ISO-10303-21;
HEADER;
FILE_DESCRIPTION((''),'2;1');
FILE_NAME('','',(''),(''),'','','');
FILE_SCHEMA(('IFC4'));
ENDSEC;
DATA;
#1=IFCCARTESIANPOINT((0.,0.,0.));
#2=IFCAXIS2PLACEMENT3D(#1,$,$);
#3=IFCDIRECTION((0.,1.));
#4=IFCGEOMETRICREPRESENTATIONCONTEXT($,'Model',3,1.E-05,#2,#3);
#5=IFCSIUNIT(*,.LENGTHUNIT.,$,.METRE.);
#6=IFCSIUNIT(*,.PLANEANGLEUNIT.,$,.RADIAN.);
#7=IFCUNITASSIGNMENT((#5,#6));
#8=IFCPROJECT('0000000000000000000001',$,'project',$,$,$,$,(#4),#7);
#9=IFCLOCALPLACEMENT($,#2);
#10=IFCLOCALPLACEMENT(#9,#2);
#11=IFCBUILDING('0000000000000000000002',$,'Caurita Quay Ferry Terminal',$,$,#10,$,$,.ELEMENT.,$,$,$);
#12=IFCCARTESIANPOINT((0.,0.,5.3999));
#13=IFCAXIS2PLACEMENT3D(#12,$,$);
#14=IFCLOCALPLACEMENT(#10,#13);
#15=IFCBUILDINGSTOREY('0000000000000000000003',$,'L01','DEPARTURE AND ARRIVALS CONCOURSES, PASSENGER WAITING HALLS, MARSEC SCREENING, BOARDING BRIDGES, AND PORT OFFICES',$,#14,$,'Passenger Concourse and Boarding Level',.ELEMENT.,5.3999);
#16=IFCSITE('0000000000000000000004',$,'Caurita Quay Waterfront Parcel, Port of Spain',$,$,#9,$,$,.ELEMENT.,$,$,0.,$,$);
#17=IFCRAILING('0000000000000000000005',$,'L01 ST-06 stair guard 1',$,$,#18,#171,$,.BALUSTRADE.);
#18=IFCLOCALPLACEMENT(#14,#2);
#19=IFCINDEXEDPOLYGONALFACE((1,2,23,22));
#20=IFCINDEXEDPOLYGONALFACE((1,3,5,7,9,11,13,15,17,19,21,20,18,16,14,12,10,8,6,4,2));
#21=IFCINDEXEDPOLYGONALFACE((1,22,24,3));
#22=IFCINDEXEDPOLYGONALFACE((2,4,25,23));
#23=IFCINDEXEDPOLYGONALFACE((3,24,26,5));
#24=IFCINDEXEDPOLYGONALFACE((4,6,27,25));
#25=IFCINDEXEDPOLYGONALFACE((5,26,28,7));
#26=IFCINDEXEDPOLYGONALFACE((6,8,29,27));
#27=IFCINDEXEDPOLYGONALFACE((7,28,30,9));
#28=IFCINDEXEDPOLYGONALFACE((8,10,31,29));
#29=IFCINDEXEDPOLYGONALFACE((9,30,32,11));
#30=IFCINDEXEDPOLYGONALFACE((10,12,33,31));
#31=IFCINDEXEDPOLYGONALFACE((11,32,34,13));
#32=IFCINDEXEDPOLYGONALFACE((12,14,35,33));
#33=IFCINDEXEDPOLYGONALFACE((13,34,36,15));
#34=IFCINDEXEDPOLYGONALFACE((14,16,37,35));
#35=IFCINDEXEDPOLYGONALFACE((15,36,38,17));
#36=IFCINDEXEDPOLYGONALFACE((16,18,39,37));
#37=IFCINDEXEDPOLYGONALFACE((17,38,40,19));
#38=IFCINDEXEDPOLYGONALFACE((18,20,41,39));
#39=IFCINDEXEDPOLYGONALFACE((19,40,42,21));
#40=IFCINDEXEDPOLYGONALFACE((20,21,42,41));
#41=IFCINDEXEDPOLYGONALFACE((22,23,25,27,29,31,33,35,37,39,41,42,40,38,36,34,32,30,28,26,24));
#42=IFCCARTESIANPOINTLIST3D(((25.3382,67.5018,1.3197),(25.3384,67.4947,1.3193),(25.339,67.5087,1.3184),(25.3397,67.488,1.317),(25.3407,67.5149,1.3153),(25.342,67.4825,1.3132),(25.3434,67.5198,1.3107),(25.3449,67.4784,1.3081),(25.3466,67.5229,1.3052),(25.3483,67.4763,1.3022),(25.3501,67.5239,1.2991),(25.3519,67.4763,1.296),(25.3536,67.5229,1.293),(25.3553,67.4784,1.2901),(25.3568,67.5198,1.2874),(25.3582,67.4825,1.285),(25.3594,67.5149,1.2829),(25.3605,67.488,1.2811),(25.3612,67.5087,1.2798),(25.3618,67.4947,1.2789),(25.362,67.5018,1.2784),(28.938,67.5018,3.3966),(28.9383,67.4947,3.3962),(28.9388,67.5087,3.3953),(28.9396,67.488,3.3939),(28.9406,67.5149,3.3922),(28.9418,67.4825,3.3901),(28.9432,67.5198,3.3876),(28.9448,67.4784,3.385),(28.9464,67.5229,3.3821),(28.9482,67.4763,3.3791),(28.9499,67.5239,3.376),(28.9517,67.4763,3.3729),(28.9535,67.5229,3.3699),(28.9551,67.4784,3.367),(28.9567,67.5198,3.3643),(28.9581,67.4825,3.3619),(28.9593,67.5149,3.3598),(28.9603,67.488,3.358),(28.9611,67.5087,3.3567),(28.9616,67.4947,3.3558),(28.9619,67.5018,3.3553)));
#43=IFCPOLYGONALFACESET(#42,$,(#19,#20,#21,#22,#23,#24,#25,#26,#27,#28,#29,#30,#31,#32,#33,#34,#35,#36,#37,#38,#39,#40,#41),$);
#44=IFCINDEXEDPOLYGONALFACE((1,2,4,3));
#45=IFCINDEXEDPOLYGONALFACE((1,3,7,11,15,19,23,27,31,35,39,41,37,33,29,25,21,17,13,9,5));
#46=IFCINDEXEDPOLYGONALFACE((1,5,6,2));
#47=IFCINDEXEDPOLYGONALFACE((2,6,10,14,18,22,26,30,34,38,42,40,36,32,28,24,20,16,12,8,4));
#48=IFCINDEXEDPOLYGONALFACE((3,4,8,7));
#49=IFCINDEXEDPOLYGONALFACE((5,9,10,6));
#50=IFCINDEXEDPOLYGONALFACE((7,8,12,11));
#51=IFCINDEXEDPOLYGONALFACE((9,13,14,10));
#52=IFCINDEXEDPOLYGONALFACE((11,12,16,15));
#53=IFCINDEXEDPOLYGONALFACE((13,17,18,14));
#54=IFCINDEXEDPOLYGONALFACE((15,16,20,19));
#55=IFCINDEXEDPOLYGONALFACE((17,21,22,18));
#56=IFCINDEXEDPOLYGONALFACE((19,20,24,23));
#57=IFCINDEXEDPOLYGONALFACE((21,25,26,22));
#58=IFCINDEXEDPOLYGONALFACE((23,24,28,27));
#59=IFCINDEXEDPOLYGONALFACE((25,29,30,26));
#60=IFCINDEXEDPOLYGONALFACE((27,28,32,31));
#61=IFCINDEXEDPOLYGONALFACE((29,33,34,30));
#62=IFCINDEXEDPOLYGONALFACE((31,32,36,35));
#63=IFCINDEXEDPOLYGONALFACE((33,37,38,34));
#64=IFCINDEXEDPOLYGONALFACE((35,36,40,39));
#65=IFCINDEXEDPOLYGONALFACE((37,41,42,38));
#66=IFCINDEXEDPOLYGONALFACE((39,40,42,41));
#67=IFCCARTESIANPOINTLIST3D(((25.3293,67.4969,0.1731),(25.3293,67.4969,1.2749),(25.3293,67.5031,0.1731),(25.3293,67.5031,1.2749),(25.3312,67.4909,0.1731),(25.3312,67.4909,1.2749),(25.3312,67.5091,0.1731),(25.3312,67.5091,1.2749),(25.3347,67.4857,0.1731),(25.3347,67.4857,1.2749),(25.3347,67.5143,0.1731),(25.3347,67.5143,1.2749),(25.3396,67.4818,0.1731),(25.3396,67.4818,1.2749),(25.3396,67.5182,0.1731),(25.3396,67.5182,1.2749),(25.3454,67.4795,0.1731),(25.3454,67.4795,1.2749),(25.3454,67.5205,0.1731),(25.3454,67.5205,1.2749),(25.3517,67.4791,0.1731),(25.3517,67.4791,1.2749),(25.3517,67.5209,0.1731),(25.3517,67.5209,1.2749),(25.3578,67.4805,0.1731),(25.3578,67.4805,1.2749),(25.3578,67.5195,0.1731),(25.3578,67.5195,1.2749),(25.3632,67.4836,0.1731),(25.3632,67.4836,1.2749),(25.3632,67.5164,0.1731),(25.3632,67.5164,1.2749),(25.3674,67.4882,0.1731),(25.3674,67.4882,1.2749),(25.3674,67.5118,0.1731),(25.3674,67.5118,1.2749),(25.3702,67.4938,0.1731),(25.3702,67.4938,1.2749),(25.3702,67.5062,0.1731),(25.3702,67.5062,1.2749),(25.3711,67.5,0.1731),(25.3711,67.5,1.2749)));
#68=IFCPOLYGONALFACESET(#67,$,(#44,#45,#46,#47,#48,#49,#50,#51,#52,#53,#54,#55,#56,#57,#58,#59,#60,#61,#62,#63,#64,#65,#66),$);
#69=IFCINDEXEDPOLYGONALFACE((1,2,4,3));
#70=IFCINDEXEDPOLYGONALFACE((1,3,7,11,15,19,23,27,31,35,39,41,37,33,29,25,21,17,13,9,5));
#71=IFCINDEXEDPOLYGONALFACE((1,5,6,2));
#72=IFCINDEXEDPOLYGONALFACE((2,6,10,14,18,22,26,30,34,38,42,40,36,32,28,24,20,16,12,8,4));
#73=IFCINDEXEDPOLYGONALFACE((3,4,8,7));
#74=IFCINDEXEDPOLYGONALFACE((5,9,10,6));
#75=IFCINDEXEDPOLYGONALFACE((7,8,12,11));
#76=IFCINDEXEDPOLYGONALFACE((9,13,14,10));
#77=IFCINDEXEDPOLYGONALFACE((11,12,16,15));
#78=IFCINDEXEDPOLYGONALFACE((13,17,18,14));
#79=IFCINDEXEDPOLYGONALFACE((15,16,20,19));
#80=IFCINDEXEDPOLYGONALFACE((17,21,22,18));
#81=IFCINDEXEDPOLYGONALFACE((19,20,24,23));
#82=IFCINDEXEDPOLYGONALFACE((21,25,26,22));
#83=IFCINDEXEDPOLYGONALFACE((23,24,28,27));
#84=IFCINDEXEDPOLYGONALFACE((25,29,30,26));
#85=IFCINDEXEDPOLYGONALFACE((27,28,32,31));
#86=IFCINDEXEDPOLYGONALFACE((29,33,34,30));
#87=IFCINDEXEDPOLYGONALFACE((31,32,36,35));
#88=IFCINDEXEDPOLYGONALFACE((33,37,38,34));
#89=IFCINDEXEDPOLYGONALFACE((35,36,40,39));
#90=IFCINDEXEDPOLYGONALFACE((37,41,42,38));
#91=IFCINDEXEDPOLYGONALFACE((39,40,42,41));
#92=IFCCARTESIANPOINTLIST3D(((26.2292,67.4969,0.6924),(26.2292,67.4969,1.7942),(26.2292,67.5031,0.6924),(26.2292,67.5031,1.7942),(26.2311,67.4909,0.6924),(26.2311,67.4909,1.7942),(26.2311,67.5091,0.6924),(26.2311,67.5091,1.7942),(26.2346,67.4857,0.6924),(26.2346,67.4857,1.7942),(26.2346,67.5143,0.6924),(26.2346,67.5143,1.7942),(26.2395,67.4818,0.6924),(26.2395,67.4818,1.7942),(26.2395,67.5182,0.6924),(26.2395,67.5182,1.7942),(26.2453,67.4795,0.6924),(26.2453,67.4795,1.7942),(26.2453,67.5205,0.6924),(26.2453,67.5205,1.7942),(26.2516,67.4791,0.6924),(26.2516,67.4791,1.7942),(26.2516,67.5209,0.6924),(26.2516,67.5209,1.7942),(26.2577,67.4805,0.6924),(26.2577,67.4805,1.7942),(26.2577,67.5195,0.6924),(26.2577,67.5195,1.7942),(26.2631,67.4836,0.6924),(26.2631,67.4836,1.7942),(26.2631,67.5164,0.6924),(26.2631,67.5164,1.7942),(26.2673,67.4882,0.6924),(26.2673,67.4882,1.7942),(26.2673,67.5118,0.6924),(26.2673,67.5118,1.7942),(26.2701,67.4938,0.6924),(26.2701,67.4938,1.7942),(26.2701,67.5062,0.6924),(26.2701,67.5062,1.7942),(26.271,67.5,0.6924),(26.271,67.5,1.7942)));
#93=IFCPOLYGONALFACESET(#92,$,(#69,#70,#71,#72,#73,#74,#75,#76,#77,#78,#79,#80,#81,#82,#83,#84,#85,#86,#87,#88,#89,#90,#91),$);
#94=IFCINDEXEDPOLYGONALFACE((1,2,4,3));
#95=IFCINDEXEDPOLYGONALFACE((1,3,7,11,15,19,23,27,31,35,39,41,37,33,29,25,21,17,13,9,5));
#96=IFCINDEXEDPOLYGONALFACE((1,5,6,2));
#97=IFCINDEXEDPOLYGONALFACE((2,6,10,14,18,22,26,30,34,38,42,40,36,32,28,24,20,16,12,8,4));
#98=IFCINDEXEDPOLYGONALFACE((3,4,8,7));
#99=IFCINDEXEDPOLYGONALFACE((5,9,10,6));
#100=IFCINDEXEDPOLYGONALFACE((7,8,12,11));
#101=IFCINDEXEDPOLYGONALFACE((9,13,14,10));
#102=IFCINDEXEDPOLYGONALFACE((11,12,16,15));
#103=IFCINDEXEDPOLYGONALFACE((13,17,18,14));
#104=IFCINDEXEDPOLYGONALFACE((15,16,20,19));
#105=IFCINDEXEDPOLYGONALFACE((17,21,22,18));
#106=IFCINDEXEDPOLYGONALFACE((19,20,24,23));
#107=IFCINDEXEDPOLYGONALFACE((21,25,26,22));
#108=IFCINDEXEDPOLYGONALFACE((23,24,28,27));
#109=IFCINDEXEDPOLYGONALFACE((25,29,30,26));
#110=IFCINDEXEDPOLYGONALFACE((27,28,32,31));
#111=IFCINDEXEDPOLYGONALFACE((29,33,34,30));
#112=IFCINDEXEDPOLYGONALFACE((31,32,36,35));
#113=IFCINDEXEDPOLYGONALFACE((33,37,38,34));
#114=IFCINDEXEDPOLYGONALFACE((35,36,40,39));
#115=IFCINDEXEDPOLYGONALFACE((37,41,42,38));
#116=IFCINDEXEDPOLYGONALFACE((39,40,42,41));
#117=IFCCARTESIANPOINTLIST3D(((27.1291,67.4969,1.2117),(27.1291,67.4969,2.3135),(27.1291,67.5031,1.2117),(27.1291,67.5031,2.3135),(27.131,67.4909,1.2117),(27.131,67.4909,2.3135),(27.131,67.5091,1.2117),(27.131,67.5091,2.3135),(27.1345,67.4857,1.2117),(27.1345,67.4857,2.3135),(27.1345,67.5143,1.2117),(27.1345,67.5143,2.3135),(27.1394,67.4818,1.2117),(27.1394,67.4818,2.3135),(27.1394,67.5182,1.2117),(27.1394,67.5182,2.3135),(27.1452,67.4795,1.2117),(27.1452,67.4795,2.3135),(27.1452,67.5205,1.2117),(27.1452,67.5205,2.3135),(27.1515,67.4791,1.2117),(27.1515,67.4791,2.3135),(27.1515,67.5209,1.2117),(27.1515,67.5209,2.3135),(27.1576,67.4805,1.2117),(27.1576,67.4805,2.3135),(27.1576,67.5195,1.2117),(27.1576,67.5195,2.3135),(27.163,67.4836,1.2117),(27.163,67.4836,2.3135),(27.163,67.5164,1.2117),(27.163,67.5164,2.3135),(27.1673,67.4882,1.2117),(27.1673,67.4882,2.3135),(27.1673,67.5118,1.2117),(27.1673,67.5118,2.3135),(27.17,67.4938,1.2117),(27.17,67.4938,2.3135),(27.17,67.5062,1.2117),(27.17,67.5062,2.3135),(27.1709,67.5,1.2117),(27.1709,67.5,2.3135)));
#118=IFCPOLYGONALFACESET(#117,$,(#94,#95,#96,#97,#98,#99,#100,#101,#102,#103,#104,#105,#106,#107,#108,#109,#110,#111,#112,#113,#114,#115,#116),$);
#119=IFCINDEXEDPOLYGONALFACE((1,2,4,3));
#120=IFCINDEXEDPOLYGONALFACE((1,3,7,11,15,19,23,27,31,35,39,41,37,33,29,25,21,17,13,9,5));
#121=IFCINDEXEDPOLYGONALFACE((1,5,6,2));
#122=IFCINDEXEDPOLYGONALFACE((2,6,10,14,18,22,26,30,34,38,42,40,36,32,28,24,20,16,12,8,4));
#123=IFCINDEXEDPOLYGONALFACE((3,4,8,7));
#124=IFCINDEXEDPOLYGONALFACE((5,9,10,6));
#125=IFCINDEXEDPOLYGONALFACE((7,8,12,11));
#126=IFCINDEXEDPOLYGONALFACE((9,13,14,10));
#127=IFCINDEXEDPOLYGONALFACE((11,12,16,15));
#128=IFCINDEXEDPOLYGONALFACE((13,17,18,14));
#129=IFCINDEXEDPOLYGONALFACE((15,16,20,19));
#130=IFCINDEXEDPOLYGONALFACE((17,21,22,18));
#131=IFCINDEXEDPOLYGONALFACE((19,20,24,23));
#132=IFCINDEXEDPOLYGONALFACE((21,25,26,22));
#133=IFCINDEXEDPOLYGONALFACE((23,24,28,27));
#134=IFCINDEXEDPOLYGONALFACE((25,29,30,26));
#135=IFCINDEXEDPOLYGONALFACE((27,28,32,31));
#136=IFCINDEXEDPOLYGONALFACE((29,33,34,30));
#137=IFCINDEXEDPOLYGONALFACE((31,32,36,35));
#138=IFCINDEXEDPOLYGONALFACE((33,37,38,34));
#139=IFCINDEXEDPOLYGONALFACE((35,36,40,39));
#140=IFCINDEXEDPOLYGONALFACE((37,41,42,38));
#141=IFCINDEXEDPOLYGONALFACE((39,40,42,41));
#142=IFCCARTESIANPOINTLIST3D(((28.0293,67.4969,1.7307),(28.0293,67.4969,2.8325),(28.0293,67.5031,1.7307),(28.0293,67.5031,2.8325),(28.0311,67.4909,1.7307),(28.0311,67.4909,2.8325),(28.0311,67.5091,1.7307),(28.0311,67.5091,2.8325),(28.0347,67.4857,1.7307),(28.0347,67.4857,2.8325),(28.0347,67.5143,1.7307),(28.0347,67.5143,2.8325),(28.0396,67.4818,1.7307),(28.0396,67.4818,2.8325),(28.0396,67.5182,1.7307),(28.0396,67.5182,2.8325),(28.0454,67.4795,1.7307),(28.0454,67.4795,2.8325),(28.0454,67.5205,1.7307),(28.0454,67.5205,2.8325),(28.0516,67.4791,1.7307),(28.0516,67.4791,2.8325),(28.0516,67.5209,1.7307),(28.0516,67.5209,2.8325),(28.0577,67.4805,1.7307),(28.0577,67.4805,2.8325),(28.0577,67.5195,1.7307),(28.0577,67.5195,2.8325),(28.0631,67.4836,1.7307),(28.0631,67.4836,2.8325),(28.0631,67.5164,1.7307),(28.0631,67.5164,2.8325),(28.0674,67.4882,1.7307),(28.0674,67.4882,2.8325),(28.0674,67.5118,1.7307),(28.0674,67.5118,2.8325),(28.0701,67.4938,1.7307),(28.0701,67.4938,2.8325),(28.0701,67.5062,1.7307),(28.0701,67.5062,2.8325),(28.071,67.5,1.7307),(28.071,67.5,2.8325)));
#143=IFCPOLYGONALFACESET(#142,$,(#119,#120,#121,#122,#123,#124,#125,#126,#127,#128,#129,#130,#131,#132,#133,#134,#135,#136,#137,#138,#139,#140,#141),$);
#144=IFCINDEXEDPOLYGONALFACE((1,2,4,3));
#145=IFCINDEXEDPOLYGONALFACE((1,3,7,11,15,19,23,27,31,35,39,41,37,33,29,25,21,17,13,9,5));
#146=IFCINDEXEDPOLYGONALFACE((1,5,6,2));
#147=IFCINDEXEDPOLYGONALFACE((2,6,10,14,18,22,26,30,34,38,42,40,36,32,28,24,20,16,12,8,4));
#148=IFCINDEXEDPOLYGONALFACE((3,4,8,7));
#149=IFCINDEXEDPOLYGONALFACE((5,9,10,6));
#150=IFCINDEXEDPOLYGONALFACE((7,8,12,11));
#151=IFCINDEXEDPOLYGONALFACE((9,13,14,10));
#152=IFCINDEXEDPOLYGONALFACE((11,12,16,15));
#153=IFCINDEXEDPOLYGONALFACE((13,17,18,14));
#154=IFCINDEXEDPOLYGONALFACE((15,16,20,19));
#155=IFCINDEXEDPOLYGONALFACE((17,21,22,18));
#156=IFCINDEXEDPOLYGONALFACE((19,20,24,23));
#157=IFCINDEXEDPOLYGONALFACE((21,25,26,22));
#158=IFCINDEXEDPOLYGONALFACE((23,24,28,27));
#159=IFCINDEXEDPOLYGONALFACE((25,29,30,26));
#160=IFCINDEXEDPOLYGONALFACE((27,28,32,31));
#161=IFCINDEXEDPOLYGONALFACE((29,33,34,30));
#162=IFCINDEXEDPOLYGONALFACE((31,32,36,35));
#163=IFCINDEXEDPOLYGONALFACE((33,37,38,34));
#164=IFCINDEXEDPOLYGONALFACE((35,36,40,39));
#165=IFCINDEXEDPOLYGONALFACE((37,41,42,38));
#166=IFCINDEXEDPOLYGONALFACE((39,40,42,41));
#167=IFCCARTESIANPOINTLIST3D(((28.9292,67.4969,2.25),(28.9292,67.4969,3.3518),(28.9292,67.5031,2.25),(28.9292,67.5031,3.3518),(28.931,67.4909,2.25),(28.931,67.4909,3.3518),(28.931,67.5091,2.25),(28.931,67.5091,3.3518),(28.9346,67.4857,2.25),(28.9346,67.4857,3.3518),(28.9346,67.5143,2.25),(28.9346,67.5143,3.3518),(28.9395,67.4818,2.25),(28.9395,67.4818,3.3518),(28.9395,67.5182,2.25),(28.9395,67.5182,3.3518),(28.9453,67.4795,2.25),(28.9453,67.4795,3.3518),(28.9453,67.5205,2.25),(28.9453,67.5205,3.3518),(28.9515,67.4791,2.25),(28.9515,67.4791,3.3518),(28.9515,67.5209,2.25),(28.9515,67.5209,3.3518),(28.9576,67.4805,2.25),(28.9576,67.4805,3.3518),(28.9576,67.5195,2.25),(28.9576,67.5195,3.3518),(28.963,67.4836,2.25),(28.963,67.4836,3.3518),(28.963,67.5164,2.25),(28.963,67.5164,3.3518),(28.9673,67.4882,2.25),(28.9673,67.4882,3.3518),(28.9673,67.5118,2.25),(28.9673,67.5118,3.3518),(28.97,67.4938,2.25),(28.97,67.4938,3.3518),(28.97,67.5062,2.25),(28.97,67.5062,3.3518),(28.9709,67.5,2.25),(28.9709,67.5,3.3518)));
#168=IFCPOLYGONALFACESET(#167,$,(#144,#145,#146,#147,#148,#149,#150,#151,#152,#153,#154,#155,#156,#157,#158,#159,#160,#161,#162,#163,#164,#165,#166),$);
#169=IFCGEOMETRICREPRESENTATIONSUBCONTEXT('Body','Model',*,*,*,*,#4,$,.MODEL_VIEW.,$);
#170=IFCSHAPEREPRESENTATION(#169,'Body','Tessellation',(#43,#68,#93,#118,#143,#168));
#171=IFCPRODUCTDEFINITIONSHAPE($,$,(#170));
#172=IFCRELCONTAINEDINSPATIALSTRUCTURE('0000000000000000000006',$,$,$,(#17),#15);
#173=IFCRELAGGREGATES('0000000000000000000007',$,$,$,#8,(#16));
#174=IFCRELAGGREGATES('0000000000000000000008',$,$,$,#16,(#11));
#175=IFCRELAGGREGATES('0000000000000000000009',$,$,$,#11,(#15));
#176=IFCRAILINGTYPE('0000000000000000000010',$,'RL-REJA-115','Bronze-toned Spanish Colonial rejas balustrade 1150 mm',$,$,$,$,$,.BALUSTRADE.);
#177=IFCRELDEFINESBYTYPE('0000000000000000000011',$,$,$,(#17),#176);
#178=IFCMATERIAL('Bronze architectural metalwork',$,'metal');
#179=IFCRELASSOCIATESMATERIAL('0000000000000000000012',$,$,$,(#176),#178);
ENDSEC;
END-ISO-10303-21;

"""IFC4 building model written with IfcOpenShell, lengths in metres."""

from ifc_helpers import new_model, si_unit, direction, frame, origin, origin_2d, place, context, subcontext, project, spatial, circle, extrude, material, type_object, element, save


model = new_model("IFC4")

# Units and contexts
model_context = context("Model", 3, precision=1e-05, world=origin(), true_north=direction((0.0, 1.0)))
body_context = subcontext(model_context, "Body", "Model", "MODEL_VIEW")
ifc_project = project(units=[si_unit("LENGTHUNIT", "METRE"), si_unit("PLANEANGLEUNIT", "RADIAN")], contexts=[model_context])

# Site, building, storey
site_placement = place(None, origin())
site = spatial("IfcSite", under=ifc_project, at=site_placement, Name="Caurita Quay Waterfront Parcel, Port of Spain", CompositionType="ELEMENT", RefElevation=0.0)
building_placement = place(site_placement, origin())
building = spatial("IfcBuilding", under=site, at=building_placement, Name="Caurita Quay Ferry Terminal", CompositionType="ELEMENT")
storey_placement = place(building_placement, frame((0.0, 0.0, 5.3999)))
storey = spatial("IfcBuildingStorey", under=building, at=storey_placement, Name="L01", Description="DEPARTURE AND ARRIVALS CONCOURSES, PASSENGER WAITING HALLS, MARSEC SCREENING, BOARDING BRIDGES, AND PORT OFFICES", LongName="Passenger Concourse and Boarding Level", CompositionType="ELEMENT", Elevation=5.3999)

# Shared definitions
ifc_material_1 = material(Name="Bronze architectural metalwork", Category="metal")

# Railing
railing_type_1 = type_object("IfcRailingType", Name="RL-REJA-115", Description="Bronze-toned Spanish Colonial rejas balustrade 1150 mm", PredefinedType="BALUSTRADE", material=ifc_material_1)
railing_1_placement = place(storey_placement, frame((25.3501, 67.5, 0.1731)))
element("IfcRailing", 1, at=railing_1_placement, inside=storey, type_object=railing_type_1, Name="L01 ST-06 stair guard 1", PredefinedType="BALUSTRADE", context=body_context, shape_type="SweptSolid", body=[
    extrude(circle(Radius=0.0239, at=origin_2d()), frame((0.0, 0.0, 1.126), z_axis=(0.866179, 0.0, 0.499734), x_axis=(0.0, 1.0, 0.0)), (0.0, 0.0, 1.0), 4.156),
    extrude(circle(Radius=0.021, at=origin_2d()), origin(), (0.0, 0.0, 1.0), 1.1018),
    extrude(circle(Radius=0.021, at=origin_2d()), frame((0.8999, 0.0, 0.5193)), (0.0, 0.0, 1.0), 1.1018),
    extrude(circle(Radius=0.021, at=origin_2d()), frame((1.7998, 0.0, 1.0386)), (0.0, 0.0, 1.0), 1.1018),
    extrude(circle(Radius=0.021, at=origin_2d()), frame((2.7, 0.0, 1.5576)), (0.0, 0.0, 1.0), 1.1018),
    extrude(circle(Radius=0.021, at=origin_2d()), frame((3.5999, 0.0, 2.0769)), (0.0, 0.0, 1.0), 1.1018),
])

save(model, "model.ifc")
